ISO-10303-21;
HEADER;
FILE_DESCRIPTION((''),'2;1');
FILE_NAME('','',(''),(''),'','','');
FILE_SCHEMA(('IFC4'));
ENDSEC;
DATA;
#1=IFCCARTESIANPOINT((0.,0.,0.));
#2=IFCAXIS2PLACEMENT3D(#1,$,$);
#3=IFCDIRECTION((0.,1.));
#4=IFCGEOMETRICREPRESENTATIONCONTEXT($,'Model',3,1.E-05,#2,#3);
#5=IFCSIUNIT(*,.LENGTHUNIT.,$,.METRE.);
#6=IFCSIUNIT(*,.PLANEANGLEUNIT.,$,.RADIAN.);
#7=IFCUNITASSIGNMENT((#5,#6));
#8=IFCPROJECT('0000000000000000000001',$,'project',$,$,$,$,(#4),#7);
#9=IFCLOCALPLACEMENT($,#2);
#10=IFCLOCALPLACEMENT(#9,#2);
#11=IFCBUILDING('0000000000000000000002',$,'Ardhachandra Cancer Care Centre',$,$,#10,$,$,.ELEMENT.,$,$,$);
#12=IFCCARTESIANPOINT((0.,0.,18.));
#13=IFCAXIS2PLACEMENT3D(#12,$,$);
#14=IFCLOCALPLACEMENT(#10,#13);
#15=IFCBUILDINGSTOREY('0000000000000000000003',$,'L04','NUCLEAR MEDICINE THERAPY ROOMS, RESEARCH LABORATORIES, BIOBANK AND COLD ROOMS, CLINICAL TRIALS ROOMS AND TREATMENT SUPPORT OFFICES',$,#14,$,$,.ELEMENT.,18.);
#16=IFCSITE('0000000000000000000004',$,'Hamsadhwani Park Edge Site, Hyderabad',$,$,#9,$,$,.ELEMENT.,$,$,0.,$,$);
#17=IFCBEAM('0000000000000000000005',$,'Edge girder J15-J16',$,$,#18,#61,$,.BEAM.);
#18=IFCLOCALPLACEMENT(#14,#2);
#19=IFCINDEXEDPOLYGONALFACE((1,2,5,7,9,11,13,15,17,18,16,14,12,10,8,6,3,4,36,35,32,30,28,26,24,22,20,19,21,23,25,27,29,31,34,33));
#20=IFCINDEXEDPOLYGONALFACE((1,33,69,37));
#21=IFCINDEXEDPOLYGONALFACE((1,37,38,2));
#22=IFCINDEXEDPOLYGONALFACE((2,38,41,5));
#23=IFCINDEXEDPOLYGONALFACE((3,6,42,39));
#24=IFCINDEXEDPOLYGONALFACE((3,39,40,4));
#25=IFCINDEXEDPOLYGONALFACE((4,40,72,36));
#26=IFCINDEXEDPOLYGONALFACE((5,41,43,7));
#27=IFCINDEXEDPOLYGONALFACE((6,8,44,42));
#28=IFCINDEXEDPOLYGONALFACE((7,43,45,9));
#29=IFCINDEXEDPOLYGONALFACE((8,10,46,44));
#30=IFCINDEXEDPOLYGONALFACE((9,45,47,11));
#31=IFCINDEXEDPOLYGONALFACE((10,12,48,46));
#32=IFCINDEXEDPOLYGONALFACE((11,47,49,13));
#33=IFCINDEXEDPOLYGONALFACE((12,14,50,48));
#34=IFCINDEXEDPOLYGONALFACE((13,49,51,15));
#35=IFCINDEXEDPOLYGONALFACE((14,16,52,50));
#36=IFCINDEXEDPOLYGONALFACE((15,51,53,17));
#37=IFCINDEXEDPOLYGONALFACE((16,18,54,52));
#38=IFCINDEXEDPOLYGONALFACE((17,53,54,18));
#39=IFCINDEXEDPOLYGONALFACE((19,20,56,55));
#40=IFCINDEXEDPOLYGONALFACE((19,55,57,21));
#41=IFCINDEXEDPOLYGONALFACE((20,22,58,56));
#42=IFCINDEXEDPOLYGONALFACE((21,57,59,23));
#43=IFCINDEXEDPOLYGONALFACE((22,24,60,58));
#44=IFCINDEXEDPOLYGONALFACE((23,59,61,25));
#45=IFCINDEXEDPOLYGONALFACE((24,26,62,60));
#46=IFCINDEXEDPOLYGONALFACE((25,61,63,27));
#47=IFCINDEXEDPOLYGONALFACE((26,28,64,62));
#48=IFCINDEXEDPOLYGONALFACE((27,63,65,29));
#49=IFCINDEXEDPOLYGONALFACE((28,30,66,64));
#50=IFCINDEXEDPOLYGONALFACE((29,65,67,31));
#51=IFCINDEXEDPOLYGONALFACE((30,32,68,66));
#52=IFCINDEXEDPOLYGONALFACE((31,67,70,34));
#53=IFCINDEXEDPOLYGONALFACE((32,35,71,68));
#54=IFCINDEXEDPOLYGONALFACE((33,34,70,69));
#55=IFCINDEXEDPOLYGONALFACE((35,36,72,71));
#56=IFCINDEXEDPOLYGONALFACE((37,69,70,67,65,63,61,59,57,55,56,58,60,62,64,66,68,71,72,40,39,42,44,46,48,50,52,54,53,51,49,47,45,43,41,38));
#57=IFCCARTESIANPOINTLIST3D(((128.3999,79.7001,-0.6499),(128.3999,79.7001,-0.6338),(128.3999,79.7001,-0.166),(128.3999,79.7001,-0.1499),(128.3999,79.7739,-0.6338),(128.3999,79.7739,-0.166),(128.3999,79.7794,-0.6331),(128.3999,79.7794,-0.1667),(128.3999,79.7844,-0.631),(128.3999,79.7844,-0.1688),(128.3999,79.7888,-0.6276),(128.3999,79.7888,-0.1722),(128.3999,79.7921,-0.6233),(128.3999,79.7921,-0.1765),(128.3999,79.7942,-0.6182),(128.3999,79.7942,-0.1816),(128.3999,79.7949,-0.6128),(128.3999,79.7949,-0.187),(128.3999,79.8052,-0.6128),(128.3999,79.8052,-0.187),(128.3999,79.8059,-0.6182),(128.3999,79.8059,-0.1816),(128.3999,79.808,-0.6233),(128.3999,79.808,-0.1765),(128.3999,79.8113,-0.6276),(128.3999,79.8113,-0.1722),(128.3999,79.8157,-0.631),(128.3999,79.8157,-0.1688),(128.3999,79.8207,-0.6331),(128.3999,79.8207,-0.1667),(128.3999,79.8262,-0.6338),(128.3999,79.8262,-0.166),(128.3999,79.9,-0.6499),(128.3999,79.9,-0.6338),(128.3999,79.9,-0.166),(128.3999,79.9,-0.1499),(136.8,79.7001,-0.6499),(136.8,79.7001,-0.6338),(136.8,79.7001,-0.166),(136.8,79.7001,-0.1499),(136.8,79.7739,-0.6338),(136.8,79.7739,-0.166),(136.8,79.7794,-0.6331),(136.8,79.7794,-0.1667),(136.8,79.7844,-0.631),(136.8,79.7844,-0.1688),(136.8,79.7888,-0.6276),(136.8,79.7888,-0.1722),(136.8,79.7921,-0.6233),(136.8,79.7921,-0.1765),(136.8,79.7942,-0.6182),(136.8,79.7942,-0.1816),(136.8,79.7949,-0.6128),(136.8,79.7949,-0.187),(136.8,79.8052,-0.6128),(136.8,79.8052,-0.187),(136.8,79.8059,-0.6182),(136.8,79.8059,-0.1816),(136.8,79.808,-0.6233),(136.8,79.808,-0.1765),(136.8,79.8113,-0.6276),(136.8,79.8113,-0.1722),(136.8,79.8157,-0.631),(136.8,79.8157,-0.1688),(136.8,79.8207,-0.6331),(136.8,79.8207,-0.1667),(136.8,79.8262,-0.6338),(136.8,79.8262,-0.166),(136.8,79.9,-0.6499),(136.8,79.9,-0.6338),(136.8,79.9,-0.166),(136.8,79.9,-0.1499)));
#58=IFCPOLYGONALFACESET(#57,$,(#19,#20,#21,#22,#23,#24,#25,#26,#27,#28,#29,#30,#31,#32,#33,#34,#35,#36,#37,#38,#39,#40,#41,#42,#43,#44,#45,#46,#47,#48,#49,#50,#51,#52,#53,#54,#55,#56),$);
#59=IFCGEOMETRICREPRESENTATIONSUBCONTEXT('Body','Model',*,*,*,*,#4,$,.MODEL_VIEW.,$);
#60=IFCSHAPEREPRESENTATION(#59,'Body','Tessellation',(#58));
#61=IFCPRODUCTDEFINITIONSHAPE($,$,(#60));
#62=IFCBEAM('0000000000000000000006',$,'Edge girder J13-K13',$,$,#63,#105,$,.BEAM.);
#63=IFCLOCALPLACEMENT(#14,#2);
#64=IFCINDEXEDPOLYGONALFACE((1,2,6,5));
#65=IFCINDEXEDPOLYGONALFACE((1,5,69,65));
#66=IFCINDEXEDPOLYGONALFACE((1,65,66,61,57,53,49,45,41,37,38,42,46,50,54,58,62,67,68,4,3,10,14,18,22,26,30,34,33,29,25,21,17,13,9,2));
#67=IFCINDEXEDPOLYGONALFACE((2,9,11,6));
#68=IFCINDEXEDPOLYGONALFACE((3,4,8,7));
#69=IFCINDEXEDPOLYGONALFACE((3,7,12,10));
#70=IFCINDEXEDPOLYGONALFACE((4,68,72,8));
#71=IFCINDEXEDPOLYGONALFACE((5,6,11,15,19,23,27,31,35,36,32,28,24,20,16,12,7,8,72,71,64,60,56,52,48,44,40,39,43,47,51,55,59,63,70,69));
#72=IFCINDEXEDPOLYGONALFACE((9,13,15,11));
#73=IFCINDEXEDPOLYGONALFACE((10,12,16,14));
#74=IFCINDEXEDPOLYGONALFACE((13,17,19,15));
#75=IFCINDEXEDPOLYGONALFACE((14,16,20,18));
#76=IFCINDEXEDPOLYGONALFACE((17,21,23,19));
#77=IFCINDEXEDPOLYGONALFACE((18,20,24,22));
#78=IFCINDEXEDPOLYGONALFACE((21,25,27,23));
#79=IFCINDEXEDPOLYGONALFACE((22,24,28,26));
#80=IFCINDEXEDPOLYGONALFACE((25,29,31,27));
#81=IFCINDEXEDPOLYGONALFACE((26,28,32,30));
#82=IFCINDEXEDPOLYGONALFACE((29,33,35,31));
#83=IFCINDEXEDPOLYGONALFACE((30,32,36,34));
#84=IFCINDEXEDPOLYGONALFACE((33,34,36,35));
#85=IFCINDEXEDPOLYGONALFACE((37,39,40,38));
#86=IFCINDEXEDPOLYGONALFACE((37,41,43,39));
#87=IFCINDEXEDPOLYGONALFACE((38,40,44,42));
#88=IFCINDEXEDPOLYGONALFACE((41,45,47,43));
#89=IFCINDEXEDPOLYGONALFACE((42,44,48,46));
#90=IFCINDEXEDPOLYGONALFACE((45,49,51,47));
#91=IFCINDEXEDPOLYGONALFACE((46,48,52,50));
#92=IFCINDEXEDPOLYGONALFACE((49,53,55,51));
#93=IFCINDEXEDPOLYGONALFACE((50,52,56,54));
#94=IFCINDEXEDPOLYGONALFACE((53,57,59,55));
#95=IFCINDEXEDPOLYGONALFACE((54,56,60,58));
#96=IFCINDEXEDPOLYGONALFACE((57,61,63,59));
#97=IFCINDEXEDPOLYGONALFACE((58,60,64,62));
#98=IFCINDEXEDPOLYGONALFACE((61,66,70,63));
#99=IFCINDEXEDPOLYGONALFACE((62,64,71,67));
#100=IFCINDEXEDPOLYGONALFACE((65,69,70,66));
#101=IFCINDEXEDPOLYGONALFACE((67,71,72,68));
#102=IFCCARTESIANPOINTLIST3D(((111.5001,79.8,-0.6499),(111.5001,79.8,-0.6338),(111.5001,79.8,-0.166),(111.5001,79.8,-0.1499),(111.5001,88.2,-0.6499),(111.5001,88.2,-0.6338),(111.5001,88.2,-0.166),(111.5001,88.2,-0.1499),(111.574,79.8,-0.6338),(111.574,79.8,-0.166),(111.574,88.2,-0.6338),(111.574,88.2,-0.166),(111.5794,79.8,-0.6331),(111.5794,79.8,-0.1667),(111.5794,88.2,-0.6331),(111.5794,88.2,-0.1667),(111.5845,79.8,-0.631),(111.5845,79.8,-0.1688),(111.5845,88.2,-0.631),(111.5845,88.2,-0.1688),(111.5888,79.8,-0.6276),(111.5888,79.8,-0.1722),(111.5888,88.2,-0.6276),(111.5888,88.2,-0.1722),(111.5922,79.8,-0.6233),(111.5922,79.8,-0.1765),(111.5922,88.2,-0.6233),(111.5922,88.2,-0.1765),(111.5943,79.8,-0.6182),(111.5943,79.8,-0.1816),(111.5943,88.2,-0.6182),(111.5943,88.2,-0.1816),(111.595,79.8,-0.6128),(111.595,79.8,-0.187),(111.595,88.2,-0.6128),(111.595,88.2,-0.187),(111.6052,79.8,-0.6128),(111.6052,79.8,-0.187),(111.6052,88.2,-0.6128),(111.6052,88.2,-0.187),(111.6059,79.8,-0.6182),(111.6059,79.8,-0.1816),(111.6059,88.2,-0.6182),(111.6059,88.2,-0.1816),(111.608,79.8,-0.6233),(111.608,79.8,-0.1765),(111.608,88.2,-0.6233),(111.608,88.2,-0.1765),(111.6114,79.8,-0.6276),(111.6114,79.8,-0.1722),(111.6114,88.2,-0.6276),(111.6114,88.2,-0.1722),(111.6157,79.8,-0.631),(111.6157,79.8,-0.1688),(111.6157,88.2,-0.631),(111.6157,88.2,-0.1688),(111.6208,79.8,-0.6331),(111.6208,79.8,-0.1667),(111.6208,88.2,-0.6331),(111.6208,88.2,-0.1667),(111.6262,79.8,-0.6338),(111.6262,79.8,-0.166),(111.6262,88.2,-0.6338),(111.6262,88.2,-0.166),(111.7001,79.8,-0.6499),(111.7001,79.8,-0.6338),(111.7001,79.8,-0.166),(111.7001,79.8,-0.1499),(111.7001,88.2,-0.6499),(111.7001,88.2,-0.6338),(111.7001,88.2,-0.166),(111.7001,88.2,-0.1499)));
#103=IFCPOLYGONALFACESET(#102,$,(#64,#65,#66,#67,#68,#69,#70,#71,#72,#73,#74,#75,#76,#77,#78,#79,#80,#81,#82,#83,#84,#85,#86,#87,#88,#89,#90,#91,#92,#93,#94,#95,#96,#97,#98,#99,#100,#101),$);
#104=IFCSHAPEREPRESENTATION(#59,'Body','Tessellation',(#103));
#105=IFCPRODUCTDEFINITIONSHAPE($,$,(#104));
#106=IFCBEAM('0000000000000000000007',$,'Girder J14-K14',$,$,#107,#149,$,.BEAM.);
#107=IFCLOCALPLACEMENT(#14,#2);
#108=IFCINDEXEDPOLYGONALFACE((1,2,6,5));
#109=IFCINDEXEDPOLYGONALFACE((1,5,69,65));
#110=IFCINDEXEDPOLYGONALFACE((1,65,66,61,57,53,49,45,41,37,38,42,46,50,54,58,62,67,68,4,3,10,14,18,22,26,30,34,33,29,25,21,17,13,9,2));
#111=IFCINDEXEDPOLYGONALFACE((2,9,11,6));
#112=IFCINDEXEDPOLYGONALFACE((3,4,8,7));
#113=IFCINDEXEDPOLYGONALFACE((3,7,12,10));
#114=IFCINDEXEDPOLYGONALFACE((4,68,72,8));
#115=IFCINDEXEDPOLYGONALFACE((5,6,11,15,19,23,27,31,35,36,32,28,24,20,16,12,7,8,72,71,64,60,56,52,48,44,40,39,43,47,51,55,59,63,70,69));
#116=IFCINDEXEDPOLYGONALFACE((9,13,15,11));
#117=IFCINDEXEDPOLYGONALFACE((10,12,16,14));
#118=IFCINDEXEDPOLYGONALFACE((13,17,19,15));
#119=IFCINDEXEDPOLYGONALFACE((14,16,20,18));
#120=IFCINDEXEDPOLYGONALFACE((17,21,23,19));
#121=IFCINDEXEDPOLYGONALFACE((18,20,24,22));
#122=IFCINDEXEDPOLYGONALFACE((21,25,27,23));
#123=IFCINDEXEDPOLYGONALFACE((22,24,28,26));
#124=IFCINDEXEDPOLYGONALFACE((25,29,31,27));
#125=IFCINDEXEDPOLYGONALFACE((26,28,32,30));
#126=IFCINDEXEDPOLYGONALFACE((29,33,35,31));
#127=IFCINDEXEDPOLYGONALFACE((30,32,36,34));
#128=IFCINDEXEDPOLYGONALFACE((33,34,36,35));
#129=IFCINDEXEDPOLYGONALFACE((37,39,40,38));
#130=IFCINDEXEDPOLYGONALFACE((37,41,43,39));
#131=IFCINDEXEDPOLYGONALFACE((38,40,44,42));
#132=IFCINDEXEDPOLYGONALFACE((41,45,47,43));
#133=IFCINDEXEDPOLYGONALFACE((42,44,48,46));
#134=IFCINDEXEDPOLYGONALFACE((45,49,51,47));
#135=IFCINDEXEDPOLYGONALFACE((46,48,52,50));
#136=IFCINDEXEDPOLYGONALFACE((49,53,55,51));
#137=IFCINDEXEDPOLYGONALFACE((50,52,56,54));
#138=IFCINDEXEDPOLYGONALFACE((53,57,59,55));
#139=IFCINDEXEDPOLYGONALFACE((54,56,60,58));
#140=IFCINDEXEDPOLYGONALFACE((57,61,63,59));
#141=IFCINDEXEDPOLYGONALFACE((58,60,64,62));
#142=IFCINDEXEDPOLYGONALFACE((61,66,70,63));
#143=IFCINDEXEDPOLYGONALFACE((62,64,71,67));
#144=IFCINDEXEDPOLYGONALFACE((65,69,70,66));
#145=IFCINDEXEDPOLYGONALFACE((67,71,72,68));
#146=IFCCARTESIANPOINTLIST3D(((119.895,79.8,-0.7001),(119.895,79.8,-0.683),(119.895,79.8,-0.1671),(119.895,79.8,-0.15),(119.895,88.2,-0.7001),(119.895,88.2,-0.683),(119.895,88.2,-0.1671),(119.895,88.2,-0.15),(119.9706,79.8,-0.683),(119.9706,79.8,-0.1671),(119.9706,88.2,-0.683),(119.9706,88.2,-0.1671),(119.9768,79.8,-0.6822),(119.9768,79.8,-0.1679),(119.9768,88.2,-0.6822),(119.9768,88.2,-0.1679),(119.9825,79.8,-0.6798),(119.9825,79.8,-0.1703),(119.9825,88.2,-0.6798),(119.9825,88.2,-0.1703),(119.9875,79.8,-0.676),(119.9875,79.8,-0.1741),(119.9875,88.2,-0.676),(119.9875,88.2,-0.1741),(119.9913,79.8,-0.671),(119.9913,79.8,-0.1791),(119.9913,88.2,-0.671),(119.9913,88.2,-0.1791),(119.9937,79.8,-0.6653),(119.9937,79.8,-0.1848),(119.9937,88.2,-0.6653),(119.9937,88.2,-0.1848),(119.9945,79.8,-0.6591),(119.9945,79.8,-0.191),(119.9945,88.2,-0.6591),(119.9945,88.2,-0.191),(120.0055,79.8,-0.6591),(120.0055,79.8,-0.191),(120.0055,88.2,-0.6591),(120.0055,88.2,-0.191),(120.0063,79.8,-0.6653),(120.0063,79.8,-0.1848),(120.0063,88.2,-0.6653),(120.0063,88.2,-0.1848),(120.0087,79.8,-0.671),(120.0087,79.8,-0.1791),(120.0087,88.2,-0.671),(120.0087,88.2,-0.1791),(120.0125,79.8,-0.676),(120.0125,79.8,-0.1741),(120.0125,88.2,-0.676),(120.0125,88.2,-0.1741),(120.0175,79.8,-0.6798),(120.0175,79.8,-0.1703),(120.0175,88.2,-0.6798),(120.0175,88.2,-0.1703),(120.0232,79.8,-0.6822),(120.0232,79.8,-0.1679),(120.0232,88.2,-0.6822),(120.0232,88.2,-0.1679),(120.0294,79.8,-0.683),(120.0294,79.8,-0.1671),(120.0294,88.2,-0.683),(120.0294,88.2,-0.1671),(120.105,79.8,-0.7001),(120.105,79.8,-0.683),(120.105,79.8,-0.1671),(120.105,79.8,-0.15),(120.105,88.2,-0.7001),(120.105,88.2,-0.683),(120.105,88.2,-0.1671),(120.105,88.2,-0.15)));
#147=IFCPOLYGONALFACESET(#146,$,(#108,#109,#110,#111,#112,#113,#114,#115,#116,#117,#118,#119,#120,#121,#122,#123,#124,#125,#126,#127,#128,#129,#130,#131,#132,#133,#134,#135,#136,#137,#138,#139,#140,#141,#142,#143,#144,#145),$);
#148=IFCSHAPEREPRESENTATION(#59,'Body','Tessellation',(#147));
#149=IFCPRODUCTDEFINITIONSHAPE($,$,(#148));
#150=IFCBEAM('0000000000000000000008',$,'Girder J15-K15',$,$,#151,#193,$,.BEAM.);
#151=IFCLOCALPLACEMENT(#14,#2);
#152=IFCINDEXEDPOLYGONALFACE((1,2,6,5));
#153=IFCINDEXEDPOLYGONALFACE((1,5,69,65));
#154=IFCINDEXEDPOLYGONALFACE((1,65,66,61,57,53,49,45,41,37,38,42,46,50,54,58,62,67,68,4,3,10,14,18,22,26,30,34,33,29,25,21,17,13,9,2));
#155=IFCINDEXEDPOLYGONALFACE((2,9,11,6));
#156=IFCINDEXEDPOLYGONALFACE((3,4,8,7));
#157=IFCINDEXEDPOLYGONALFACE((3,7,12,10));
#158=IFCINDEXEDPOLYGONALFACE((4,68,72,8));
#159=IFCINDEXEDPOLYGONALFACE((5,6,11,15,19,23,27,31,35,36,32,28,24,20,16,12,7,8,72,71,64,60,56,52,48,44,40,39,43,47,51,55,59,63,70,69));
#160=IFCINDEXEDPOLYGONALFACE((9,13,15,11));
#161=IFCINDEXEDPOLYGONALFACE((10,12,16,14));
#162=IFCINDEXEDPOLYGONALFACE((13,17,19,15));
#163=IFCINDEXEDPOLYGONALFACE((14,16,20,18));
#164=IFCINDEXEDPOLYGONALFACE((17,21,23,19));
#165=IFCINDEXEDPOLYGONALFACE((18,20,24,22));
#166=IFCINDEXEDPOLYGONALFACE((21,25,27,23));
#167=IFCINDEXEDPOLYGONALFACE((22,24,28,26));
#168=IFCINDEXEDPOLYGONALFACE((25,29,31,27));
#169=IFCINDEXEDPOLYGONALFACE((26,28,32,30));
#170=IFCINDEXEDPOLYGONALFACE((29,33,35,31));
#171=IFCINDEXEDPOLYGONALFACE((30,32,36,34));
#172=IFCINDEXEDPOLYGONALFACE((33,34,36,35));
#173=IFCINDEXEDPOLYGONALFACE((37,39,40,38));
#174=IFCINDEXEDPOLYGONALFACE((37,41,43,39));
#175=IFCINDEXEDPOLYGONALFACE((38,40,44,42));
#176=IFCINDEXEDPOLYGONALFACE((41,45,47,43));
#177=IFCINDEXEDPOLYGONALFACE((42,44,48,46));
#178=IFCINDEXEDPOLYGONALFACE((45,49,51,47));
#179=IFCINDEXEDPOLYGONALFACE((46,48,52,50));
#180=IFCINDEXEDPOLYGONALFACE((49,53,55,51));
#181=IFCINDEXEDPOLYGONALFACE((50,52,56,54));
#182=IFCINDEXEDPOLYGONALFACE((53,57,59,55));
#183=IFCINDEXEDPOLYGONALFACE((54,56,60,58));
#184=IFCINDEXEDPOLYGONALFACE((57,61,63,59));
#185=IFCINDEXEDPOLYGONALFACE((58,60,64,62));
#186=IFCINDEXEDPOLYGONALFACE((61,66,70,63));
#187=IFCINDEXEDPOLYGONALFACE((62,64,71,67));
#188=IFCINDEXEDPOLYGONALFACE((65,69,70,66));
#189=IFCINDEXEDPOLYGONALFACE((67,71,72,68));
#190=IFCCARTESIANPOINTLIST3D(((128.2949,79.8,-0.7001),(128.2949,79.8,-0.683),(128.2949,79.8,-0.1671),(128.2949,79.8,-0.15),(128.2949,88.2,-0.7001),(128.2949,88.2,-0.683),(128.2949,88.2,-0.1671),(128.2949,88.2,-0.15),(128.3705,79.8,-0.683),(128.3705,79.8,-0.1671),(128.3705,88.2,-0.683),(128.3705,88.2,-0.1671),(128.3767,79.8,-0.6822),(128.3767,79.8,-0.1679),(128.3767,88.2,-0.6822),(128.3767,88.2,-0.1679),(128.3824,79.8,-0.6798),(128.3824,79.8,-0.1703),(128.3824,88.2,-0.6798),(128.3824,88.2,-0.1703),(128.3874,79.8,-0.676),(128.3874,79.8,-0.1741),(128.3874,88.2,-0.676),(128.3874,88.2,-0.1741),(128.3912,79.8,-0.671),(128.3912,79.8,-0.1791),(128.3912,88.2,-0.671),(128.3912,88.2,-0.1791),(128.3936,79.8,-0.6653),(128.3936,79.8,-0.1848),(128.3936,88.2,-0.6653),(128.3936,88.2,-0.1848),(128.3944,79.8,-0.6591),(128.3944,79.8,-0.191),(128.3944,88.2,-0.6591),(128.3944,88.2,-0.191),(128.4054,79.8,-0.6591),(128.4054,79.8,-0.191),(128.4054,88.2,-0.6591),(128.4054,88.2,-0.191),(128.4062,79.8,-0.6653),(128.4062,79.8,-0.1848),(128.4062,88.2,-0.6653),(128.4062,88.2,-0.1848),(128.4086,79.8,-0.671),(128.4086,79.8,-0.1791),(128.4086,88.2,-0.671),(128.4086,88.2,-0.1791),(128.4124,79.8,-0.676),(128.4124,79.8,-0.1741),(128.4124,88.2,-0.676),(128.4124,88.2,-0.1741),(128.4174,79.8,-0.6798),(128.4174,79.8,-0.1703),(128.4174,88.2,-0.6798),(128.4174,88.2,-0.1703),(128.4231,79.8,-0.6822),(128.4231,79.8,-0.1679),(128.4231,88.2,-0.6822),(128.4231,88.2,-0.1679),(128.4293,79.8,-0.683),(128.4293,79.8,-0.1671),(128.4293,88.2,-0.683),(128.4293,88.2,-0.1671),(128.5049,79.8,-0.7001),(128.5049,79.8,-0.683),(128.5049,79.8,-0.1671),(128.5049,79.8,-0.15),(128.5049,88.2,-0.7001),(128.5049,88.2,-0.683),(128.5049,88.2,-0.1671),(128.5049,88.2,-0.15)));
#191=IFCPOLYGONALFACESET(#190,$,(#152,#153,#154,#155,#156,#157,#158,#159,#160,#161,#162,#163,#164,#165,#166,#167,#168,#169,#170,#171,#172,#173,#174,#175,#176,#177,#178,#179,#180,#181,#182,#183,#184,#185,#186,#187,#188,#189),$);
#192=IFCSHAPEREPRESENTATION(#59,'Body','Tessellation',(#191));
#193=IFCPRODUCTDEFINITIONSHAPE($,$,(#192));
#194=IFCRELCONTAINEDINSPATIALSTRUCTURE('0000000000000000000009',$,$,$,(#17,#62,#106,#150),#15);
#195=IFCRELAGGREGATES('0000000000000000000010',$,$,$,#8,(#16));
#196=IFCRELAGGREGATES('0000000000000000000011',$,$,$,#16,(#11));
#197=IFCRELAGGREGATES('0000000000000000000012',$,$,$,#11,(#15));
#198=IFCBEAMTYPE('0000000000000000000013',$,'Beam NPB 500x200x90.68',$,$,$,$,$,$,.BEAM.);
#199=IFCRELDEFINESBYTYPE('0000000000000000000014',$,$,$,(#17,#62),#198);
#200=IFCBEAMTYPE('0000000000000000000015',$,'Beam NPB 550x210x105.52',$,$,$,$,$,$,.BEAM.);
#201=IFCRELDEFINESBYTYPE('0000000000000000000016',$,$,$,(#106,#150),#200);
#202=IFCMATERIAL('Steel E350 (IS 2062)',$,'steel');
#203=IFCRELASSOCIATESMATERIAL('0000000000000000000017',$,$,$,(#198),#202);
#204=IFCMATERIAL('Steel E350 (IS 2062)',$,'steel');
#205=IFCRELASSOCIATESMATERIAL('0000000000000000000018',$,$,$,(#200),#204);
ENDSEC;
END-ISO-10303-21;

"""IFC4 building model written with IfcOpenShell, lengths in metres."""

from ifc_helpers import new_model, si_unit, direction, frame, origin, origin_2d, place, context, subcontext, project, spatial, i_section, extrude, material, material_profile, profile_set, type_object, element, save


model = new_model("IFC4")

# Units and contexts
model_context = context("Model", 3, precision=1e-05, world=origin(), true_north=direction((0.0, 1.0)))
body_context = subcontext(model_context, "Body", "Model", "MODEL_VIEW")
ifc_project = project(units=[si_unit("LENGTHUNIT", "METRE"), si_unit("PLANEANGLEUNIT", "RADIAN")], contexts=[model_context])

# Site, building, storey
site_placement = place(None, origin())
site = spatial("IfcSite", under=ifc_project, at=site_placement, Name="Hamsadhwani Park Edge Site, Hyderabad", CompositionType="ELEMENT", RefElevation=0.0)
building_placement = place(site_placement, origin())
building = spatial("IfcBuilding", under=site, at=building_placement, Name="Ardhachandra Cancer Care Centre", CompositionType="ELEMENT")
storey_placement = place(building_placement, frame((0.0, 0.0, 18.0)))
storey = spatial("IfcBuildingStorey", under=building, at=storey_placement, Name="L04", Description="NUCLEAR MEDICINE THERAPY ROOMS, RESEARCH LABORATORIES, BIOBANK AND COLD ROOMS, CLINICAL TRIALS ROOMS AND TREATMENT SUPPORT OFFICES", CompositionType="ELEMENT", Elevation=18.0)

# Beams
ifc_material_1 = material(Name="Steel E350 (IS 2062)", Category="steel")
ifc_material_profile_1 = material_profile(ifc_material_1, i_section(OverallWidth=0.2, OverallDepth=0.5, WebThickness=0.0103, FlangeThickness=0.0161, FilletRadius=0.021, at=origin_2d()), Name="NPB 500x200x90.68")
ifc_profile_set_1 = profile_set([ifc_material_profile_1], Name="Steel E350 (IS 2062)")
beam_type_1 = type_object("IfcBeamType", Name="Beam NPB 500x200x90.68", PredefinedType="BEAM", material=ifc_profile_set_1)
beam_1_placement = place(storey_placement, frame((128.3999, 79.8, -0.3999), z_axis=(1.0, 0.0, 0.0), x_axis=(0.0, 1.0, 0.0)))
element("IfcBeam", 1, at=beam_1_placement, inside=storey, type_object=beam_type_1, Name="Edge girder J15-J16", PredefinedType="BEAM", context=body_context, shape_type="SweptSolid", body=[
    extrude(i_section(OverallWidth=0.2, OverallDepth=0.5, WebThickness=0.0103, FlangeThickness=0.0161, FilletRadius=0.021, at=origin_2d()), origin(), (0.0, 0.0, 1.0), 8.4001),
])
beam_2_placement = place(storey_placement, frame((111.6001, 79.8, -0.3999), z_axis=(0.0, 1.0, 0.0), x_axis=(-1.0, 0.0, 0.0)))
element("IfcBeam", 2, at=beam_2_placement, inside=storey, type_object=beam_type_1, Name="Edge girder J13-K13", PredefinedType="BEAM", context=body_context, shape_type="SweptSolid", body=[
    extrude(i_section(OverallWidth=0.2, OverallDepth=0.5, WebThickness=0.0103, FlangeThickness=0.0161, FilletRadius=0.021, at=origin_2d()), origin(), (0.0, 0.0, 1.0), 8.3999),
])
ifc_material_2 = material(Name="Steel E350 (IS 2062)", Category="steel")
ifc_material_profile_2 = material_profile(ifc_material_2, i_section(OverallWidth=0.21, OverallDepth=0.55, WebThickness=0.011, FlangeThickness=0.0171, FilletRadius=0.0239, at=origin_2d()), Name="NPB 550x210x105.52")
ifc_profile_set_2 = profile_set([ifc_material_profile_2], Name="Steel E350 (IS 2062)")
beam_type_2 = type_object("IfcBeamType", Name="Beam NPB 550x210x105.52", PredefinedType="BEAM", material=ifc_profile_set_2)
for number, where, z_axis, x_axis, name in (
    (3, (120.0, 79.8, -0.425), (0.0, 1.0, 0.0), (-1.0, 0.0, 0.0), "Girder J14-K14"),
    (4, (128.3999, 79.8, -0.425), (0.0, 1.0, 0.0), (-1.0, 0.0, 0.0), "Girder J15-K15"),
):
    element("IfcBeam", number, at=place(storey_placement, frame(where, z_axis=z_axis, x_axis=x_axis)), inside=storey, type_object=beam_type_2, Name=name, PredefinedType="BEAM", context=body_context, shape_type="SweptSolid", body=[
        extrude(i_section(OverallWidth=0.21, OverallDepth=0.55, WebThickness=0.011, FlangeThickness=0.0171, FilletRadius=0.0239, at=origin_2d()), origin(), (0.0, 0.0, 1.0), 8.3999),
    ])

save(model, "model.ifc")
